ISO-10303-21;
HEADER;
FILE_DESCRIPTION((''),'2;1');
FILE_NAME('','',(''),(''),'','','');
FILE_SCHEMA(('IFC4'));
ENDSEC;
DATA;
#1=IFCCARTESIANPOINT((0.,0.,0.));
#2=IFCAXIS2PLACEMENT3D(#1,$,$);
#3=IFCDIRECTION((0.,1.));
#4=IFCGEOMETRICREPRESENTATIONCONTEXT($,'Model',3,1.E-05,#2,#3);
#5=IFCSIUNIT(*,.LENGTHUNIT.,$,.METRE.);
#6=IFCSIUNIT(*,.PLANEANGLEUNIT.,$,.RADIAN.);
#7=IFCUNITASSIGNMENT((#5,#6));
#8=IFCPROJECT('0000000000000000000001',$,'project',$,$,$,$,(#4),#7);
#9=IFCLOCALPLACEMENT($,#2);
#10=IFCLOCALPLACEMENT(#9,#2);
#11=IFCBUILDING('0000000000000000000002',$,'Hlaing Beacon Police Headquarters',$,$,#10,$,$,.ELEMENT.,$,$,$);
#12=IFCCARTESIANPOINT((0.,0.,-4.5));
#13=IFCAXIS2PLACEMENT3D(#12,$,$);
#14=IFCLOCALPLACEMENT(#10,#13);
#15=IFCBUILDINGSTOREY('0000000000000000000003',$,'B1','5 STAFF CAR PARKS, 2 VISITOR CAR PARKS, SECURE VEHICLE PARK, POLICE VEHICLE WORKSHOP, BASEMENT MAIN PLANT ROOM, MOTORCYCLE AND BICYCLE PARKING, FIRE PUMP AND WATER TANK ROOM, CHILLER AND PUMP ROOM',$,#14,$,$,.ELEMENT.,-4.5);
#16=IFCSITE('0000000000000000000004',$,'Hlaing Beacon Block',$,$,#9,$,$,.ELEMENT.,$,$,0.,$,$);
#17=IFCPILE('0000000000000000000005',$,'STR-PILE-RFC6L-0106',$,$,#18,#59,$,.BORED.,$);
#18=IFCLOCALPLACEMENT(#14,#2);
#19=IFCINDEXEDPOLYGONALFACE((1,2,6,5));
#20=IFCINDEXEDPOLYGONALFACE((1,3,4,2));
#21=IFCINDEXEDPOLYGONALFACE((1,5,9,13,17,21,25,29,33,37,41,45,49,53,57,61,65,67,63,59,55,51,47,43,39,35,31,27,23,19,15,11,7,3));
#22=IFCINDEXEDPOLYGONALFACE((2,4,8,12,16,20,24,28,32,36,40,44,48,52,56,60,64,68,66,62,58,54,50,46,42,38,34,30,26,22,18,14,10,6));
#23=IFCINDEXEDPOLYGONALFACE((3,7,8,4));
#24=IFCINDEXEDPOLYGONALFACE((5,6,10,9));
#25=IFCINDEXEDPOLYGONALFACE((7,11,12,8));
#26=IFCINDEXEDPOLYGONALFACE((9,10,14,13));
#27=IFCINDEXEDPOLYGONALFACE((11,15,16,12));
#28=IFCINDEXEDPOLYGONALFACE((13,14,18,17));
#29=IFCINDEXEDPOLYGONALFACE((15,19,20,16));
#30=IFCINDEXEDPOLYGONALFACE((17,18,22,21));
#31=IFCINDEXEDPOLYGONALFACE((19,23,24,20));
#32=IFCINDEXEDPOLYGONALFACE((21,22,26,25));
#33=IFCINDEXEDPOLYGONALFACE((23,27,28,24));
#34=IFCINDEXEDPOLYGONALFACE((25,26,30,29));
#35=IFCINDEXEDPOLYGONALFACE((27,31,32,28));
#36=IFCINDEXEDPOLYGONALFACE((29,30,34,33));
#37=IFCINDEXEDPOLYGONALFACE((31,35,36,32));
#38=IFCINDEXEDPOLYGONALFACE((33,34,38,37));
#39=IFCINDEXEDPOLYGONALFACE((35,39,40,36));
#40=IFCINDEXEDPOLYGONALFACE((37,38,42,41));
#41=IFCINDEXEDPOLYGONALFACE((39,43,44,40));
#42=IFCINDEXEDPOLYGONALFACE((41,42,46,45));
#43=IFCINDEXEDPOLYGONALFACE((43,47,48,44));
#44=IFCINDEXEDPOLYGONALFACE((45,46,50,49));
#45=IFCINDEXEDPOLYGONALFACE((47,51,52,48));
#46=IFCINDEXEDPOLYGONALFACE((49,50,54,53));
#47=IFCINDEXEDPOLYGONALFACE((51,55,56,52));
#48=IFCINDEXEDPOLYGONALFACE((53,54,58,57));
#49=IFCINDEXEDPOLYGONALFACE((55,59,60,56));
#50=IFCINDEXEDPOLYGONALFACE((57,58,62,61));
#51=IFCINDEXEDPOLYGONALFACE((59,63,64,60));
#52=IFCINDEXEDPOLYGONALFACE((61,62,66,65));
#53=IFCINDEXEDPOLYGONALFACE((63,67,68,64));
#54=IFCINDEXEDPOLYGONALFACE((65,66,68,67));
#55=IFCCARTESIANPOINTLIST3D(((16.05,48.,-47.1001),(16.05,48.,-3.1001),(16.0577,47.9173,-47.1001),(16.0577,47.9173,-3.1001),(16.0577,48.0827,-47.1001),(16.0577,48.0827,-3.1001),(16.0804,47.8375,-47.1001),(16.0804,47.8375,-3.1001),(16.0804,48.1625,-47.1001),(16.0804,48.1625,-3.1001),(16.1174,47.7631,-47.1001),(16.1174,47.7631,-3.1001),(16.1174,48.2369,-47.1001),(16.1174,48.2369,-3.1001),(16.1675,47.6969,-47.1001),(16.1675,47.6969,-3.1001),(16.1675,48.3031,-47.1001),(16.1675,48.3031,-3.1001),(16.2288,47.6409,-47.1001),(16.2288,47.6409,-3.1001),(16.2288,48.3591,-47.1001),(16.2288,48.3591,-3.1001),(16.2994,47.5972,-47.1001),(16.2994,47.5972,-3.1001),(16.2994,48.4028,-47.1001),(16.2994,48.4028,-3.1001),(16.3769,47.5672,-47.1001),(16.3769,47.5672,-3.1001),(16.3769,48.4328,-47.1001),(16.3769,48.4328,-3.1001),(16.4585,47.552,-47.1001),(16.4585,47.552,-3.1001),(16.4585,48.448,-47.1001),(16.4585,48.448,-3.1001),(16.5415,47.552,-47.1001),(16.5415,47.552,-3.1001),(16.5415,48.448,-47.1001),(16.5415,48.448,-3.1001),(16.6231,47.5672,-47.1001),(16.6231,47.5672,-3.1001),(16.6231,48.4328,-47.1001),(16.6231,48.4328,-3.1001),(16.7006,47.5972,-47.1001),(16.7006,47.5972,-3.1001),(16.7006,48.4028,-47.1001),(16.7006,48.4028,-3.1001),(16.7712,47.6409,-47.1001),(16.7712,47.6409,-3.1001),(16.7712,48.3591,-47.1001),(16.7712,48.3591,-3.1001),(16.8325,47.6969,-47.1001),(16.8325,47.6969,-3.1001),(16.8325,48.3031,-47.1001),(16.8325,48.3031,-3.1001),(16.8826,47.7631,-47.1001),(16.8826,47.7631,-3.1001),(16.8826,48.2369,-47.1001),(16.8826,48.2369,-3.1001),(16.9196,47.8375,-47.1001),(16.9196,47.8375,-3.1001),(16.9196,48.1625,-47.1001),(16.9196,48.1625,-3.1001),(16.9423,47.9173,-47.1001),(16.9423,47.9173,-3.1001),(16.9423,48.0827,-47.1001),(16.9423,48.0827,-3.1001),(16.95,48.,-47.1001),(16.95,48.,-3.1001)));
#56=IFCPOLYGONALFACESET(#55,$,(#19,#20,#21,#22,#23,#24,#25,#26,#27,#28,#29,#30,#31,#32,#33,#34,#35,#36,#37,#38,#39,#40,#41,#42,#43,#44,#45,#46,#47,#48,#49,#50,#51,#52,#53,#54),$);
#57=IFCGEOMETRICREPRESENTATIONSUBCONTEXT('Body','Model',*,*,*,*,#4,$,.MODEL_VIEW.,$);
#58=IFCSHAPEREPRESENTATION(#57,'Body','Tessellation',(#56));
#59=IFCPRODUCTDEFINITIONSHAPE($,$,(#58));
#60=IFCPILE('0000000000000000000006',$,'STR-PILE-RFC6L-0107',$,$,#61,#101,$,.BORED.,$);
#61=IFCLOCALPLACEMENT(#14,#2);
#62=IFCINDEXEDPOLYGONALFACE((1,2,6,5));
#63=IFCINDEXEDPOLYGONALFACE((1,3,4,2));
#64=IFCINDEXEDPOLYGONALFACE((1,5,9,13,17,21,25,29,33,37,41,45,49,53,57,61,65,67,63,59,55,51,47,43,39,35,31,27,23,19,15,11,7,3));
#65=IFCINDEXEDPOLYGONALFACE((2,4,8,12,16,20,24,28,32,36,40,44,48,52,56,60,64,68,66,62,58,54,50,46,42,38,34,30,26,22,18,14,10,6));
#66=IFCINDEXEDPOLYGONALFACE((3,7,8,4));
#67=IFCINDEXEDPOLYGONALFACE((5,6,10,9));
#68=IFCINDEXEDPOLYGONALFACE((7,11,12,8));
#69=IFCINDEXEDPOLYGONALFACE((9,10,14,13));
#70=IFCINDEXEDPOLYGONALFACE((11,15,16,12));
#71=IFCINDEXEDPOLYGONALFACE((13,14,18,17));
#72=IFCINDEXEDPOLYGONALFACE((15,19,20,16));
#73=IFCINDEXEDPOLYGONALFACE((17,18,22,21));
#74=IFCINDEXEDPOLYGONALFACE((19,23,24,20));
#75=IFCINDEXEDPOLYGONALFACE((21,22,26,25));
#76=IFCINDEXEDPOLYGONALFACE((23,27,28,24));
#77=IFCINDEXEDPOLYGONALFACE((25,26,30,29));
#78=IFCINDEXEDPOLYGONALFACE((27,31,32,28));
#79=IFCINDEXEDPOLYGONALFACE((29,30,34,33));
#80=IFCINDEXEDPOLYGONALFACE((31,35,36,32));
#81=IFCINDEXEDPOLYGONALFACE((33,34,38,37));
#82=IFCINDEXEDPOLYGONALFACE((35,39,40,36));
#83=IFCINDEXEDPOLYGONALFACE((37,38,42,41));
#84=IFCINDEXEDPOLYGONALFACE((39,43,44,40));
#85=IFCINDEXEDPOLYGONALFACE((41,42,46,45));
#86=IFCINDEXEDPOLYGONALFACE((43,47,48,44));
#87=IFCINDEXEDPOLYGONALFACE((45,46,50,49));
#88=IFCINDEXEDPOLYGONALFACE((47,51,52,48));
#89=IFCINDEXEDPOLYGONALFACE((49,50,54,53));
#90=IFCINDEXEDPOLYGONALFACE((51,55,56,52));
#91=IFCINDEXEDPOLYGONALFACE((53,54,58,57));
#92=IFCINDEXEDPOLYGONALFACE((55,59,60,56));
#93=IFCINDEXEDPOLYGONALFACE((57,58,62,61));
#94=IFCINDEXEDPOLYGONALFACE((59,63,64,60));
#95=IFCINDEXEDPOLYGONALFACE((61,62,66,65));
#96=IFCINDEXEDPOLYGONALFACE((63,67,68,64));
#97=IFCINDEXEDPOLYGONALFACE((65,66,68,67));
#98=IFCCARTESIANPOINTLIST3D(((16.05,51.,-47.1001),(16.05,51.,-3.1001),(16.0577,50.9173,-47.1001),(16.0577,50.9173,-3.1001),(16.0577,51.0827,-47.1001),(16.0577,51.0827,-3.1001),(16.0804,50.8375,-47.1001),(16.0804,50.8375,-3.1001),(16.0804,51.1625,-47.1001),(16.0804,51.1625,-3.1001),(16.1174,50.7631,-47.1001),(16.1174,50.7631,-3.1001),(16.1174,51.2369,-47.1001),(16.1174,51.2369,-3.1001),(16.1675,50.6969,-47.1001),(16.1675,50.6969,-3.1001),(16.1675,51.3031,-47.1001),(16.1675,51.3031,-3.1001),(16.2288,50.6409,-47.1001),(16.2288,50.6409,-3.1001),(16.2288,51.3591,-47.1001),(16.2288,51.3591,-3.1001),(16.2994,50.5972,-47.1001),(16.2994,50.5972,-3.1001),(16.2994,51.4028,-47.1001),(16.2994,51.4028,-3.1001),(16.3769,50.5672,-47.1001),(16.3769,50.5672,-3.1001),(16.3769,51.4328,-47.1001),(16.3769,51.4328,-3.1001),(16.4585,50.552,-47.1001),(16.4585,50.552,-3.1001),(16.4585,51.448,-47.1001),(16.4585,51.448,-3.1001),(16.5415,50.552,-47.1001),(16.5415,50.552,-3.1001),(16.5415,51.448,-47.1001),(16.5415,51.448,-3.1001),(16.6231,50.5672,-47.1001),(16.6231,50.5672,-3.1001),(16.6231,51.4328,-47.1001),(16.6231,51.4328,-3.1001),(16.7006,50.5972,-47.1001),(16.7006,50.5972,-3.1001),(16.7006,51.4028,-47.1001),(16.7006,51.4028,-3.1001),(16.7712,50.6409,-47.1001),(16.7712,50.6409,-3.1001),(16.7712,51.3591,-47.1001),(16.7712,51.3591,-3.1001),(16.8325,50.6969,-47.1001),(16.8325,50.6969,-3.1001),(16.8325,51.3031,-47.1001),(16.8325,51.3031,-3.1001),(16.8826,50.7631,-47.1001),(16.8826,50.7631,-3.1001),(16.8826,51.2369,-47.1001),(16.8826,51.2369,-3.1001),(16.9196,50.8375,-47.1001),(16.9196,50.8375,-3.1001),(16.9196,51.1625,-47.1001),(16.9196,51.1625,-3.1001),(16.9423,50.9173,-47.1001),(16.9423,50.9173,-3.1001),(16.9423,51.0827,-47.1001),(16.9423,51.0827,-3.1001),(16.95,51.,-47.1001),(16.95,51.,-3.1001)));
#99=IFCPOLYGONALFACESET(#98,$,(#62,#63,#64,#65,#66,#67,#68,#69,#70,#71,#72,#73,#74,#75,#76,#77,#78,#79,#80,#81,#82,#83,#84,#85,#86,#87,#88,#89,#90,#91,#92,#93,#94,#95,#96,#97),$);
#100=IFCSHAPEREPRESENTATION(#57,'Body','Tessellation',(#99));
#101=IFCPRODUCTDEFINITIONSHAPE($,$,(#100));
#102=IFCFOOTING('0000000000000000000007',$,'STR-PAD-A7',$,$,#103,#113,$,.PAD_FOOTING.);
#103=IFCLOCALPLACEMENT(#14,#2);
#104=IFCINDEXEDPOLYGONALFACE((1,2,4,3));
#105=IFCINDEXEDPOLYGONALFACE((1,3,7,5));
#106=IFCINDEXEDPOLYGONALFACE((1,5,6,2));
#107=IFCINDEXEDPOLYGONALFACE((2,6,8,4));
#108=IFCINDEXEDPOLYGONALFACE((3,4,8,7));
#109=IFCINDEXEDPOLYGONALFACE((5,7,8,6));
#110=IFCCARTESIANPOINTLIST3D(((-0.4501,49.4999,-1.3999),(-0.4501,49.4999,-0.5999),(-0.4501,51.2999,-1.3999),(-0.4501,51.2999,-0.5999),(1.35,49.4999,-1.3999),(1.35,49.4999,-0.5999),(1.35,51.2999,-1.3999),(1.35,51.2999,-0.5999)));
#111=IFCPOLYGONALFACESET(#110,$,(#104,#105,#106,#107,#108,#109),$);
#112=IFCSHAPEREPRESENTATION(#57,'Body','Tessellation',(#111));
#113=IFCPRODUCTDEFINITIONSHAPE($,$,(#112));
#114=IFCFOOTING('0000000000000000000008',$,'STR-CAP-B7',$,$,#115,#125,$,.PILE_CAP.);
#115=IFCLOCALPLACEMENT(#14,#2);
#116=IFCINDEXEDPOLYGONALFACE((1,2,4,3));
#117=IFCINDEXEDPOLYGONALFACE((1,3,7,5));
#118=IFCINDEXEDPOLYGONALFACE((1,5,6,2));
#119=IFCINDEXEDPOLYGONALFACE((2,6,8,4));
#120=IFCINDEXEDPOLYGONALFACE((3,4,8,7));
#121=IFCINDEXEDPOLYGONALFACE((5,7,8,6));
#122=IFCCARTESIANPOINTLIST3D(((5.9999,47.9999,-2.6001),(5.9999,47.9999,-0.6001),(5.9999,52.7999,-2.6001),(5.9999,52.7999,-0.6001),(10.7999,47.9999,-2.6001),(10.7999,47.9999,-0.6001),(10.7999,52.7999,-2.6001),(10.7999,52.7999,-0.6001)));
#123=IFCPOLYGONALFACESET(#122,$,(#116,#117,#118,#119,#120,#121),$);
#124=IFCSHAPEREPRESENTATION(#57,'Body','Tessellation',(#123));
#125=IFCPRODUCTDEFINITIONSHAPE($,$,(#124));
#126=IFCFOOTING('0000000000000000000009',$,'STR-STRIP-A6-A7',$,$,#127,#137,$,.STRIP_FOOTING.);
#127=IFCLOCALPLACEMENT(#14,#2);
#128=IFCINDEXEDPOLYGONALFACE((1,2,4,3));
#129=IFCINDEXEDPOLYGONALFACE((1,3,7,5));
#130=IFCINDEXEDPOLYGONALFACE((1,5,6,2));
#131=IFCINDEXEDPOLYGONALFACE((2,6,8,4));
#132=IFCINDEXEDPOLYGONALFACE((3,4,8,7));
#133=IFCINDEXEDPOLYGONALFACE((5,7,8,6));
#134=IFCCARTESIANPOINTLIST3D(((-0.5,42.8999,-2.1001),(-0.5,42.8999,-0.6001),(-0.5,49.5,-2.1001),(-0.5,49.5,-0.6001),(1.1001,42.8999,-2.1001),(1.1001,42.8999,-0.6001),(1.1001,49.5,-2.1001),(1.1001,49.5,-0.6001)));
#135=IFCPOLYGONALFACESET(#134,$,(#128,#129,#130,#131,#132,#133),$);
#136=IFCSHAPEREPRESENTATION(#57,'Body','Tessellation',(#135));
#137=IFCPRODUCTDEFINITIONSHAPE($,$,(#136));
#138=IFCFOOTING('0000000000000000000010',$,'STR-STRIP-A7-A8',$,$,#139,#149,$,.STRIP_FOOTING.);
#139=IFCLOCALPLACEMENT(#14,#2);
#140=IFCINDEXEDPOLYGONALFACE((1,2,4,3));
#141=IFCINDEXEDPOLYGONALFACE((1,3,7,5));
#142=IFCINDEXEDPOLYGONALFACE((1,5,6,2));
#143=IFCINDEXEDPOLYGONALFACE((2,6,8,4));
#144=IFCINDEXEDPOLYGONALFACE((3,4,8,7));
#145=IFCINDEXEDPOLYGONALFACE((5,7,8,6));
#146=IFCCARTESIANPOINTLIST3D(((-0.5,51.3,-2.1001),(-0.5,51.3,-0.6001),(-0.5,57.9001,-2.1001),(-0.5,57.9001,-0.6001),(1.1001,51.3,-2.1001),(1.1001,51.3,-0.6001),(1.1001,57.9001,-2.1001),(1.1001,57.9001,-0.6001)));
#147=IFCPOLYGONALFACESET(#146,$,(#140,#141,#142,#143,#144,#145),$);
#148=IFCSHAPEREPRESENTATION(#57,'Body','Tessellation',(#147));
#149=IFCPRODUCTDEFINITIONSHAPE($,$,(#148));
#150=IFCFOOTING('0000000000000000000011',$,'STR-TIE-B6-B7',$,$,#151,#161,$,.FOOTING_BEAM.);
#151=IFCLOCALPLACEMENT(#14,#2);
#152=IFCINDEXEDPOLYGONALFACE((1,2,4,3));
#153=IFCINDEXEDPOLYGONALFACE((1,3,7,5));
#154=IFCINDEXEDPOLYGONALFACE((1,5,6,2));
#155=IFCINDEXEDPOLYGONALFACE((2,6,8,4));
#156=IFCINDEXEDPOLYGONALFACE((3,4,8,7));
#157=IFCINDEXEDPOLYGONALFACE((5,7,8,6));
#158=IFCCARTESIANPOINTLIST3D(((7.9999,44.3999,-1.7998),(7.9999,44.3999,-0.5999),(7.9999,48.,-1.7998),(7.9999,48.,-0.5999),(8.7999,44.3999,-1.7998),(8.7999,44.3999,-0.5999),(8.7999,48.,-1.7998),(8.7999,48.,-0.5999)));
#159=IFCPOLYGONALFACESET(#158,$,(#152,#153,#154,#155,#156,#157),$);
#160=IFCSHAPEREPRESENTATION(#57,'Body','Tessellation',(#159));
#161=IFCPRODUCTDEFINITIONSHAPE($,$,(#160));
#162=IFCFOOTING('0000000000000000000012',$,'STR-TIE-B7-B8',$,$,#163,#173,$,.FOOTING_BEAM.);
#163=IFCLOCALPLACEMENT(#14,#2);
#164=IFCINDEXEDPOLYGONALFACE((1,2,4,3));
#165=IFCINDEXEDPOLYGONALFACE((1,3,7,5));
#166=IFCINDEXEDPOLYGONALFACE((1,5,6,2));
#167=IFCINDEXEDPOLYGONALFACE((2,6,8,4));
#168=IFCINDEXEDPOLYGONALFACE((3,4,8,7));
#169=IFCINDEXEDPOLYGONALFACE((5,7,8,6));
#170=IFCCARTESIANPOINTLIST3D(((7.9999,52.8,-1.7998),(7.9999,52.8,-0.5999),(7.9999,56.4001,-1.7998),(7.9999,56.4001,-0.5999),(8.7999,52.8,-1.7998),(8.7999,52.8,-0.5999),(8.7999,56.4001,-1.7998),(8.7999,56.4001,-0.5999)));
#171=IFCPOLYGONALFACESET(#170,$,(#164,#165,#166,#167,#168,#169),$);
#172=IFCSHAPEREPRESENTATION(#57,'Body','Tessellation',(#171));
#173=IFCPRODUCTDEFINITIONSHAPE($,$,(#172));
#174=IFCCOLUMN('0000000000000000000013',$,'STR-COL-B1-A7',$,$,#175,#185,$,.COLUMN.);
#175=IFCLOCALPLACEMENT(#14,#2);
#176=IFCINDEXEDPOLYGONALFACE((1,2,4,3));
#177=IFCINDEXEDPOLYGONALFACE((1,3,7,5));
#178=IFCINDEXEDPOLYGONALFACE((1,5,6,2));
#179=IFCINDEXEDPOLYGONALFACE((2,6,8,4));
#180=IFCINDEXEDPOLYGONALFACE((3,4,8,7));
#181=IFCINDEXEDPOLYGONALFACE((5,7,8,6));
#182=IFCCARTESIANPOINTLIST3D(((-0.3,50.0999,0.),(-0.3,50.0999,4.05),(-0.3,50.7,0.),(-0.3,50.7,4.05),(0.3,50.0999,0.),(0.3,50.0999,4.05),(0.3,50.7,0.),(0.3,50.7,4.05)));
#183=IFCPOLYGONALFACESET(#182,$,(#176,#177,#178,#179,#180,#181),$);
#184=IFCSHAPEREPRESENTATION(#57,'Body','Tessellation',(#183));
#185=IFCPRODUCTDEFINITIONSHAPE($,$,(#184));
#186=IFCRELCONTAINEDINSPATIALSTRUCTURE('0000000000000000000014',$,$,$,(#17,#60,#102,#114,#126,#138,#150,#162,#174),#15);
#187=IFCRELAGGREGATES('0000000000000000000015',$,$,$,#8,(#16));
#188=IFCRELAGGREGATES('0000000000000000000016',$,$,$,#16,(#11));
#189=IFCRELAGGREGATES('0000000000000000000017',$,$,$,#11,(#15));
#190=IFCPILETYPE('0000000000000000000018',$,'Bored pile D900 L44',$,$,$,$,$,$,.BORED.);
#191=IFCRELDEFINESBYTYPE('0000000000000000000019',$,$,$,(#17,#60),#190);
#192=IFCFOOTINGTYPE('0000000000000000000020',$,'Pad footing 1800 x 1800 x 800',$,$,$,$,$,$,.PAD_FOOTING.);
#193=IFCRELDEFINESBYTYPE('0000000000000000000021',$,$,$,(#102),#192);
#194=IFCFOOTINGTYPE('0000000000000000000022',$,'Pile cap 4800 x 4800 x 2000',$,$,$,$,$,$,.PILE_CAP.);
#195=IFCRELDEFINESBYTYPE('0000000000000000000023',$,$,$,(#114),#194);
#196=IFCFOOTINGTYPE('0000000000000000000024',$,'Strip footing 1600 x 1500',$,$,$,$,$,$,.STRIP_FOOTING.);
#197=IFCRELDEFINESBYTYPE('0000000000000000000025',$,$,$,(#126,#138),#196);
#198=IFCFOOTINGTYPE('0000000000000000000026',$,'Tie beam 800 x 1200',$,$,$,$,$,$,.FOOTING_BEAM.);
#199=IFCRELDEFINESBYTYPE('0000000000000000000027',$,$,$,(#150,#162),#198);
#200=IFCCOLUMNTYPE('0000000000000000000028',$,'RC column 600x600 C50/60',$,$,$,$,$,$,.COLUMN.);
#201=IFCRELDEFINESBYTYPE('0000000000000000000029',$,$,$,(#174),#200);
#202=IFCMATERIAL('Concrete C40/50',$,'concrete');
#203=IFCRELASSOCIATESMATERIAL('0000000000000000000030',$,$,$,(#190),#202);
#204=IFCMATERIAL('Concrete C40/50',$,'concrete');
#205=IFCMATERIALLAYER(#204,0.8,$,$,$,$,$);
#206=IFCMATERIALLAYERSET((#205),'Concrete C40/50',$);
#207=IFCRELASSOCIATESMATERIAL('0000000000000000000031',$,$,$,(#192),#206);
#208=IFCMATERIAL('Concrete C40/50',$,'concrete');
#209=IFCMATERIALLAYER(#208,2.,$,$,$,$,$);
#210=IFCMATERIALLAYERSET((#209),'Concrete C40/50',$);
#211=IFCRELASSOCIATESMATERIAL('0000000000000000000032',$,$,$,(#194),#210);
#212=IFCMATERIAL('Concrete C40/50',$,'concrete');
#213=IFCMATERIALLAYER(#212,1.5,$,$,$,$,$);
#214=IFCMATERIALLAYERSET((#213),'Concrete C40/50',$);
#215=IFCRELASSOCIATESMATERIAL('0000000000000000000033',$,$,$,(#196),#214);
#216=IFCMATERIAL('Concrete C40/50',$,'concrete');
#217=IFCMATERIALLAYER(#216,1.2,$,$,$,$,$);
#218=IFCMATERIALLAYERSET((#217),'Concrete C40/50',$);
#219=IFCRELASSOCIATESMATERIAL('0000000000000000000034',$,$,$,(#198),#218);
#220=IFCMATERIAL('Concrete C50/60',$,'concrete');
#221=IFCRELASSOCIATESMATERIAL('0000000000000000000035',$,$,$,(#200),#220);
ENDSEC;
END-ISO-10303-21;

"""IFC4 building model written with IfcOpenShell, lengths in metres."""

from ifc_helpers import new_model, si_unit, direction, frame, origin, origin_2d, place, context, subcontext, project, spatial, rectangle, circle, extrude, material, layer, layer_set, material_profile, profile_set, type_object, element, save


model = new_model("IFC4")

# Units and contexts
model_context = context("Model", 3, precision=1e-05, world=origin(), true_north=direction((0.0, 1.0)))
body_context = subcontext(model_context, "Body", "Model", "MODEL_VIEW")
ifc_project = project(units=[si_unit("LENGTHUNIT", "METRE"), si_unit("PLANEANGLEUNIT", "RADIAN")], contexts=[model_context])

# Site, building, storey
site_placement = place(None, origin())
site = spatial("IfcSite", under=ifc_project, at=site_placement, Name="Hlaing Beacon Block", CompositionType="ELEMENT", RefElevation=0.0)
building_placement = place(site_placement, origin())
building = spatial("IfcBuilding", under=site, at=building_placement, Name="Hlaing Beacon Police Headquarters", CompositionType="ELEMENT")
storey_placement = place(building_placement, frame((0.0, 0.0, -4.5)))
storey = spatial("IfcBuildingStorey", under=building, at=storey_placement, Name="B1", Description="5 STAFF CAR PARKS, 2 VISITOR CAR PARKS, SECURE VEHICLE PARK, POLICE VEHICLE WORKSHOP, BASEMENT MAIN PLANT ROOM, MOTORCYCLE AND BICYCLE PARKING, FIRE PUMP AND WATER TANK ROOM, CHILLER AND PUMP ROOM", CompositionType="ELEMENT", Elevation=-4.5)

# Piles
ifc_material_1 = material(Name="Concrete C40/50", Category="concrete")
ifc_material_profile_1 = material_profile(ifc_material_1, circle(Radius=0.45, at=origin_2d()), Name="D900")
ifc_profile_set_1 = profile_set([ifc_material_profile_1], Name="Concrete C40/50")
pile_type_1 = type_object("IfcPileType", Name="Bored pile D900 L44", PredefinedType="BORED", material=ifc_profile_set_1)
for number, where, z_axis, x_axis, name in (
    (1, (16.5, 48.0, -3.1001), (0.0, 0.0, -1.0), (1.0, 0.0, 0.0), "STR-PILE-RFC6L-0106"),
    (2, (16.5, 51.0, -3.1001), (0.0, 0.0, -1.0), (1.0, 0.0, 0.0), "STR-PILE-RFC6L-0107"),
):
    element("IfcPile", number, at=place(storey_placement, frame(where, z_axis=z_axis, x_axis=x_axis)), inside=storey, type_object=pile_type_1, Name=name, PredefinedType="BORED", context=body_context, shape_type="SweptSolid", body=[
        extrude(circle(Radius=0.45, at=origin_2d()), origin(), (0.0, 0.0, 1.0), 44.0),
    ])

# Footings
ifc_material_2 = material(Name="Concrete C40/50", Category="concrete")
ifc_layer_1 = layer(ifc_material_2, 0.8)
ifc_layer_set_1 = layer_set([ifc_layer_1], Name="Concrete C40/50")
footing_type_1 = type_object("IfcFootingType", Name="Pad footing 1800 x 1800 x 800", PredefinedType="PAD_FOOTING", material=ifc_layer_set_1)
footing_1_placement = place(storey_placement, frame((0.45, 50.3999, -1.3999), z_axis=(0.0, 0.0, 1.0), x_axis=(1.0, 0.0, 0.0)))
element("IfcFooting", 3, at=footing_1_placement, inside=storey, type_object=footing_type_1, Name="STR-PAD-A7", PredefinedType="PAD_FOOTING", context=body_context, shape_type="SweptSolid", body=[
    extrude(rectangle(XDim=1.8, YDim=1.8, at=origin_2d()), origin(), (0.0, 0.0, 1.0), 0.8),
])
ifc_material_3 = material(Name="Concrete C40/50", Category="concrete")
ifc_layer_2 = layer(ifc_material_3, 2.0)
ifc_layer_set_2 = layer_set([ifc_layer_2], Name="Concrete C40/50")
footing_type_2 = type_object("IfcFootingType", Name="Pile cap 4800 x 4800 x 2000", PredefinedType="PILE_CAP", material=ifc_layer_set_2)
footing_2_placement = place(storey_placement, frame((8.3999, 50.3999, -2.6001), z_axis=(0.0, 0.0, 1.0), x_axis=(1.0, 0.0, 0.0)))
element("IfcFooting", 4, at=footing_2_placement, inside=storey, type_object=footing_type_2, Name="STR-CAP-B7", PredefinedType="PILE_CAP", context=body_context, shape_type="SweptSolid", body=[
    extrude(rectangle(XDim=4.8, YDim=4.8, at=origin_2d()), origin(), (0.0, 0.0, 1.0), 2.0),
])
ifc_material_4 = material(Name="Concrete C40/50", Category="concrete")
ifc_layer_3 = layer(ifc_material_4, 1.5)
ifc_layer_set_3 = layer_set([ifc_layer_3], Name="Concrete C40/50")
footing_type_3 = type_object("IfcFootingType", Name="Strip footing 1600 x 1500", PredefinedType="STRIP_FOOTING", material=ifc_layer_set_3)
for number, where, z_axis, x_axis, name in (
    (5, (0.3, 46.2, -2.1001), (0.0, 0.0, 1.0), (1.0, 0.0, 0.0), "STR-STRIP-A6-A7"),
    (6, (0.3, 54.6001, -2.1001), (0.0, 0.0, 1.0), (1.0, 0.0, 0.0), "STR-STRIP-A7-A8"),
):
    element("IfcFooting", number, at=place(storey_placement, frame(where, z_axis=z_axis, x_axis=x_axis)), inside=storey, type_object=footing_type_3, Name=name, PredefinedType="STRIP_FOOTING", context=body_context, shape_type="SweptSolid", body=[
        extrude(rectangle(XDim=1.6001, YDim=6.6001, at=origin_2d()), origin(), (0.0, 0.0, 1.0), 1.5),
    ])
ifc_material_5 = material(Name="Concrete C40/50", Category="concrete")
ifc_layer_4 = layer(ifc_material_5, 1.2)
ifc_layer_set_4 = layer_set([ifc_layer_4], Name="Concrete C40/50")
footing_type_4 = type_object("IfcFootingType", Name="Tie beam 800 x 1200", PredefinedType="FOOTING_BEAM", material=ifc_layer_set_4)
for number, where, z_axis, x_axis, name in (
    (7, (8.3999, 46.2, -1.7998), (0.0, 0.0, 1.0), (1.0, 0.0, 0.0), "STR-TIE-B6-B7"),
    (8, (8.3999, 54.6001, -1.7998), (0.0, 0.0, 1.0), (1.0, 0.0, 0.0), "STR-TIE-B7-B8"),
):
    element("IfcFooting", number, at=place(storey_placement, frame(where, z_axis=z_axis, x_axis=x_axis)), inside=storey, type_object=footing_type_4, Name=name, PredefinedType="FOOTING_BEAM", context=body_context, shape_type="SweptSolid", body=[
        extrude(rectangle(XDim=0.8, YDim=3.6001, at=origin_2d()), origin(), (0.0, 0.0, 1.0), 1.2),
    ])

# Column
ifc_material_6 = material(Name="Concrete C50/60", Category="concrete")
ifc_material_profile_2 = material_profile(ifc_material_6, rectangle(XDim=0.6001, YDim=0.6001, at=origin_2d()), Name="600x600")
ifc_profile_set_2 = profile_set([ifc_material_profile_2], Name="Concrete C50/60")
column_type_1 = type_object("IfcColumnType", Name="RC column 600x600 C50/60", PredefinedType="COLUMN", material=ifc_profile_set_2)
column_1_placement = place(storey_placement, frame((0.0, 50.3999, 0.0), z_axis=(0.0, 0.0, 1.0), x_axis=(1.0, 0.0, 0.0)))
element("IfcColumn", 9, at=column_1_placement, inside=storey, type_object=column_type_1, Name="STR-COL-B1-A7", PredefinedType="COLUMN", context=body_context, shape_type="SweptSolid", body=[
    extrude(rectangle(XDim=0.6001, YDim=0.6001, at=origin_2d()), origin(), (0.0, 0.0, 1.0), 4.05),
])

save(model, "model.ifc")
